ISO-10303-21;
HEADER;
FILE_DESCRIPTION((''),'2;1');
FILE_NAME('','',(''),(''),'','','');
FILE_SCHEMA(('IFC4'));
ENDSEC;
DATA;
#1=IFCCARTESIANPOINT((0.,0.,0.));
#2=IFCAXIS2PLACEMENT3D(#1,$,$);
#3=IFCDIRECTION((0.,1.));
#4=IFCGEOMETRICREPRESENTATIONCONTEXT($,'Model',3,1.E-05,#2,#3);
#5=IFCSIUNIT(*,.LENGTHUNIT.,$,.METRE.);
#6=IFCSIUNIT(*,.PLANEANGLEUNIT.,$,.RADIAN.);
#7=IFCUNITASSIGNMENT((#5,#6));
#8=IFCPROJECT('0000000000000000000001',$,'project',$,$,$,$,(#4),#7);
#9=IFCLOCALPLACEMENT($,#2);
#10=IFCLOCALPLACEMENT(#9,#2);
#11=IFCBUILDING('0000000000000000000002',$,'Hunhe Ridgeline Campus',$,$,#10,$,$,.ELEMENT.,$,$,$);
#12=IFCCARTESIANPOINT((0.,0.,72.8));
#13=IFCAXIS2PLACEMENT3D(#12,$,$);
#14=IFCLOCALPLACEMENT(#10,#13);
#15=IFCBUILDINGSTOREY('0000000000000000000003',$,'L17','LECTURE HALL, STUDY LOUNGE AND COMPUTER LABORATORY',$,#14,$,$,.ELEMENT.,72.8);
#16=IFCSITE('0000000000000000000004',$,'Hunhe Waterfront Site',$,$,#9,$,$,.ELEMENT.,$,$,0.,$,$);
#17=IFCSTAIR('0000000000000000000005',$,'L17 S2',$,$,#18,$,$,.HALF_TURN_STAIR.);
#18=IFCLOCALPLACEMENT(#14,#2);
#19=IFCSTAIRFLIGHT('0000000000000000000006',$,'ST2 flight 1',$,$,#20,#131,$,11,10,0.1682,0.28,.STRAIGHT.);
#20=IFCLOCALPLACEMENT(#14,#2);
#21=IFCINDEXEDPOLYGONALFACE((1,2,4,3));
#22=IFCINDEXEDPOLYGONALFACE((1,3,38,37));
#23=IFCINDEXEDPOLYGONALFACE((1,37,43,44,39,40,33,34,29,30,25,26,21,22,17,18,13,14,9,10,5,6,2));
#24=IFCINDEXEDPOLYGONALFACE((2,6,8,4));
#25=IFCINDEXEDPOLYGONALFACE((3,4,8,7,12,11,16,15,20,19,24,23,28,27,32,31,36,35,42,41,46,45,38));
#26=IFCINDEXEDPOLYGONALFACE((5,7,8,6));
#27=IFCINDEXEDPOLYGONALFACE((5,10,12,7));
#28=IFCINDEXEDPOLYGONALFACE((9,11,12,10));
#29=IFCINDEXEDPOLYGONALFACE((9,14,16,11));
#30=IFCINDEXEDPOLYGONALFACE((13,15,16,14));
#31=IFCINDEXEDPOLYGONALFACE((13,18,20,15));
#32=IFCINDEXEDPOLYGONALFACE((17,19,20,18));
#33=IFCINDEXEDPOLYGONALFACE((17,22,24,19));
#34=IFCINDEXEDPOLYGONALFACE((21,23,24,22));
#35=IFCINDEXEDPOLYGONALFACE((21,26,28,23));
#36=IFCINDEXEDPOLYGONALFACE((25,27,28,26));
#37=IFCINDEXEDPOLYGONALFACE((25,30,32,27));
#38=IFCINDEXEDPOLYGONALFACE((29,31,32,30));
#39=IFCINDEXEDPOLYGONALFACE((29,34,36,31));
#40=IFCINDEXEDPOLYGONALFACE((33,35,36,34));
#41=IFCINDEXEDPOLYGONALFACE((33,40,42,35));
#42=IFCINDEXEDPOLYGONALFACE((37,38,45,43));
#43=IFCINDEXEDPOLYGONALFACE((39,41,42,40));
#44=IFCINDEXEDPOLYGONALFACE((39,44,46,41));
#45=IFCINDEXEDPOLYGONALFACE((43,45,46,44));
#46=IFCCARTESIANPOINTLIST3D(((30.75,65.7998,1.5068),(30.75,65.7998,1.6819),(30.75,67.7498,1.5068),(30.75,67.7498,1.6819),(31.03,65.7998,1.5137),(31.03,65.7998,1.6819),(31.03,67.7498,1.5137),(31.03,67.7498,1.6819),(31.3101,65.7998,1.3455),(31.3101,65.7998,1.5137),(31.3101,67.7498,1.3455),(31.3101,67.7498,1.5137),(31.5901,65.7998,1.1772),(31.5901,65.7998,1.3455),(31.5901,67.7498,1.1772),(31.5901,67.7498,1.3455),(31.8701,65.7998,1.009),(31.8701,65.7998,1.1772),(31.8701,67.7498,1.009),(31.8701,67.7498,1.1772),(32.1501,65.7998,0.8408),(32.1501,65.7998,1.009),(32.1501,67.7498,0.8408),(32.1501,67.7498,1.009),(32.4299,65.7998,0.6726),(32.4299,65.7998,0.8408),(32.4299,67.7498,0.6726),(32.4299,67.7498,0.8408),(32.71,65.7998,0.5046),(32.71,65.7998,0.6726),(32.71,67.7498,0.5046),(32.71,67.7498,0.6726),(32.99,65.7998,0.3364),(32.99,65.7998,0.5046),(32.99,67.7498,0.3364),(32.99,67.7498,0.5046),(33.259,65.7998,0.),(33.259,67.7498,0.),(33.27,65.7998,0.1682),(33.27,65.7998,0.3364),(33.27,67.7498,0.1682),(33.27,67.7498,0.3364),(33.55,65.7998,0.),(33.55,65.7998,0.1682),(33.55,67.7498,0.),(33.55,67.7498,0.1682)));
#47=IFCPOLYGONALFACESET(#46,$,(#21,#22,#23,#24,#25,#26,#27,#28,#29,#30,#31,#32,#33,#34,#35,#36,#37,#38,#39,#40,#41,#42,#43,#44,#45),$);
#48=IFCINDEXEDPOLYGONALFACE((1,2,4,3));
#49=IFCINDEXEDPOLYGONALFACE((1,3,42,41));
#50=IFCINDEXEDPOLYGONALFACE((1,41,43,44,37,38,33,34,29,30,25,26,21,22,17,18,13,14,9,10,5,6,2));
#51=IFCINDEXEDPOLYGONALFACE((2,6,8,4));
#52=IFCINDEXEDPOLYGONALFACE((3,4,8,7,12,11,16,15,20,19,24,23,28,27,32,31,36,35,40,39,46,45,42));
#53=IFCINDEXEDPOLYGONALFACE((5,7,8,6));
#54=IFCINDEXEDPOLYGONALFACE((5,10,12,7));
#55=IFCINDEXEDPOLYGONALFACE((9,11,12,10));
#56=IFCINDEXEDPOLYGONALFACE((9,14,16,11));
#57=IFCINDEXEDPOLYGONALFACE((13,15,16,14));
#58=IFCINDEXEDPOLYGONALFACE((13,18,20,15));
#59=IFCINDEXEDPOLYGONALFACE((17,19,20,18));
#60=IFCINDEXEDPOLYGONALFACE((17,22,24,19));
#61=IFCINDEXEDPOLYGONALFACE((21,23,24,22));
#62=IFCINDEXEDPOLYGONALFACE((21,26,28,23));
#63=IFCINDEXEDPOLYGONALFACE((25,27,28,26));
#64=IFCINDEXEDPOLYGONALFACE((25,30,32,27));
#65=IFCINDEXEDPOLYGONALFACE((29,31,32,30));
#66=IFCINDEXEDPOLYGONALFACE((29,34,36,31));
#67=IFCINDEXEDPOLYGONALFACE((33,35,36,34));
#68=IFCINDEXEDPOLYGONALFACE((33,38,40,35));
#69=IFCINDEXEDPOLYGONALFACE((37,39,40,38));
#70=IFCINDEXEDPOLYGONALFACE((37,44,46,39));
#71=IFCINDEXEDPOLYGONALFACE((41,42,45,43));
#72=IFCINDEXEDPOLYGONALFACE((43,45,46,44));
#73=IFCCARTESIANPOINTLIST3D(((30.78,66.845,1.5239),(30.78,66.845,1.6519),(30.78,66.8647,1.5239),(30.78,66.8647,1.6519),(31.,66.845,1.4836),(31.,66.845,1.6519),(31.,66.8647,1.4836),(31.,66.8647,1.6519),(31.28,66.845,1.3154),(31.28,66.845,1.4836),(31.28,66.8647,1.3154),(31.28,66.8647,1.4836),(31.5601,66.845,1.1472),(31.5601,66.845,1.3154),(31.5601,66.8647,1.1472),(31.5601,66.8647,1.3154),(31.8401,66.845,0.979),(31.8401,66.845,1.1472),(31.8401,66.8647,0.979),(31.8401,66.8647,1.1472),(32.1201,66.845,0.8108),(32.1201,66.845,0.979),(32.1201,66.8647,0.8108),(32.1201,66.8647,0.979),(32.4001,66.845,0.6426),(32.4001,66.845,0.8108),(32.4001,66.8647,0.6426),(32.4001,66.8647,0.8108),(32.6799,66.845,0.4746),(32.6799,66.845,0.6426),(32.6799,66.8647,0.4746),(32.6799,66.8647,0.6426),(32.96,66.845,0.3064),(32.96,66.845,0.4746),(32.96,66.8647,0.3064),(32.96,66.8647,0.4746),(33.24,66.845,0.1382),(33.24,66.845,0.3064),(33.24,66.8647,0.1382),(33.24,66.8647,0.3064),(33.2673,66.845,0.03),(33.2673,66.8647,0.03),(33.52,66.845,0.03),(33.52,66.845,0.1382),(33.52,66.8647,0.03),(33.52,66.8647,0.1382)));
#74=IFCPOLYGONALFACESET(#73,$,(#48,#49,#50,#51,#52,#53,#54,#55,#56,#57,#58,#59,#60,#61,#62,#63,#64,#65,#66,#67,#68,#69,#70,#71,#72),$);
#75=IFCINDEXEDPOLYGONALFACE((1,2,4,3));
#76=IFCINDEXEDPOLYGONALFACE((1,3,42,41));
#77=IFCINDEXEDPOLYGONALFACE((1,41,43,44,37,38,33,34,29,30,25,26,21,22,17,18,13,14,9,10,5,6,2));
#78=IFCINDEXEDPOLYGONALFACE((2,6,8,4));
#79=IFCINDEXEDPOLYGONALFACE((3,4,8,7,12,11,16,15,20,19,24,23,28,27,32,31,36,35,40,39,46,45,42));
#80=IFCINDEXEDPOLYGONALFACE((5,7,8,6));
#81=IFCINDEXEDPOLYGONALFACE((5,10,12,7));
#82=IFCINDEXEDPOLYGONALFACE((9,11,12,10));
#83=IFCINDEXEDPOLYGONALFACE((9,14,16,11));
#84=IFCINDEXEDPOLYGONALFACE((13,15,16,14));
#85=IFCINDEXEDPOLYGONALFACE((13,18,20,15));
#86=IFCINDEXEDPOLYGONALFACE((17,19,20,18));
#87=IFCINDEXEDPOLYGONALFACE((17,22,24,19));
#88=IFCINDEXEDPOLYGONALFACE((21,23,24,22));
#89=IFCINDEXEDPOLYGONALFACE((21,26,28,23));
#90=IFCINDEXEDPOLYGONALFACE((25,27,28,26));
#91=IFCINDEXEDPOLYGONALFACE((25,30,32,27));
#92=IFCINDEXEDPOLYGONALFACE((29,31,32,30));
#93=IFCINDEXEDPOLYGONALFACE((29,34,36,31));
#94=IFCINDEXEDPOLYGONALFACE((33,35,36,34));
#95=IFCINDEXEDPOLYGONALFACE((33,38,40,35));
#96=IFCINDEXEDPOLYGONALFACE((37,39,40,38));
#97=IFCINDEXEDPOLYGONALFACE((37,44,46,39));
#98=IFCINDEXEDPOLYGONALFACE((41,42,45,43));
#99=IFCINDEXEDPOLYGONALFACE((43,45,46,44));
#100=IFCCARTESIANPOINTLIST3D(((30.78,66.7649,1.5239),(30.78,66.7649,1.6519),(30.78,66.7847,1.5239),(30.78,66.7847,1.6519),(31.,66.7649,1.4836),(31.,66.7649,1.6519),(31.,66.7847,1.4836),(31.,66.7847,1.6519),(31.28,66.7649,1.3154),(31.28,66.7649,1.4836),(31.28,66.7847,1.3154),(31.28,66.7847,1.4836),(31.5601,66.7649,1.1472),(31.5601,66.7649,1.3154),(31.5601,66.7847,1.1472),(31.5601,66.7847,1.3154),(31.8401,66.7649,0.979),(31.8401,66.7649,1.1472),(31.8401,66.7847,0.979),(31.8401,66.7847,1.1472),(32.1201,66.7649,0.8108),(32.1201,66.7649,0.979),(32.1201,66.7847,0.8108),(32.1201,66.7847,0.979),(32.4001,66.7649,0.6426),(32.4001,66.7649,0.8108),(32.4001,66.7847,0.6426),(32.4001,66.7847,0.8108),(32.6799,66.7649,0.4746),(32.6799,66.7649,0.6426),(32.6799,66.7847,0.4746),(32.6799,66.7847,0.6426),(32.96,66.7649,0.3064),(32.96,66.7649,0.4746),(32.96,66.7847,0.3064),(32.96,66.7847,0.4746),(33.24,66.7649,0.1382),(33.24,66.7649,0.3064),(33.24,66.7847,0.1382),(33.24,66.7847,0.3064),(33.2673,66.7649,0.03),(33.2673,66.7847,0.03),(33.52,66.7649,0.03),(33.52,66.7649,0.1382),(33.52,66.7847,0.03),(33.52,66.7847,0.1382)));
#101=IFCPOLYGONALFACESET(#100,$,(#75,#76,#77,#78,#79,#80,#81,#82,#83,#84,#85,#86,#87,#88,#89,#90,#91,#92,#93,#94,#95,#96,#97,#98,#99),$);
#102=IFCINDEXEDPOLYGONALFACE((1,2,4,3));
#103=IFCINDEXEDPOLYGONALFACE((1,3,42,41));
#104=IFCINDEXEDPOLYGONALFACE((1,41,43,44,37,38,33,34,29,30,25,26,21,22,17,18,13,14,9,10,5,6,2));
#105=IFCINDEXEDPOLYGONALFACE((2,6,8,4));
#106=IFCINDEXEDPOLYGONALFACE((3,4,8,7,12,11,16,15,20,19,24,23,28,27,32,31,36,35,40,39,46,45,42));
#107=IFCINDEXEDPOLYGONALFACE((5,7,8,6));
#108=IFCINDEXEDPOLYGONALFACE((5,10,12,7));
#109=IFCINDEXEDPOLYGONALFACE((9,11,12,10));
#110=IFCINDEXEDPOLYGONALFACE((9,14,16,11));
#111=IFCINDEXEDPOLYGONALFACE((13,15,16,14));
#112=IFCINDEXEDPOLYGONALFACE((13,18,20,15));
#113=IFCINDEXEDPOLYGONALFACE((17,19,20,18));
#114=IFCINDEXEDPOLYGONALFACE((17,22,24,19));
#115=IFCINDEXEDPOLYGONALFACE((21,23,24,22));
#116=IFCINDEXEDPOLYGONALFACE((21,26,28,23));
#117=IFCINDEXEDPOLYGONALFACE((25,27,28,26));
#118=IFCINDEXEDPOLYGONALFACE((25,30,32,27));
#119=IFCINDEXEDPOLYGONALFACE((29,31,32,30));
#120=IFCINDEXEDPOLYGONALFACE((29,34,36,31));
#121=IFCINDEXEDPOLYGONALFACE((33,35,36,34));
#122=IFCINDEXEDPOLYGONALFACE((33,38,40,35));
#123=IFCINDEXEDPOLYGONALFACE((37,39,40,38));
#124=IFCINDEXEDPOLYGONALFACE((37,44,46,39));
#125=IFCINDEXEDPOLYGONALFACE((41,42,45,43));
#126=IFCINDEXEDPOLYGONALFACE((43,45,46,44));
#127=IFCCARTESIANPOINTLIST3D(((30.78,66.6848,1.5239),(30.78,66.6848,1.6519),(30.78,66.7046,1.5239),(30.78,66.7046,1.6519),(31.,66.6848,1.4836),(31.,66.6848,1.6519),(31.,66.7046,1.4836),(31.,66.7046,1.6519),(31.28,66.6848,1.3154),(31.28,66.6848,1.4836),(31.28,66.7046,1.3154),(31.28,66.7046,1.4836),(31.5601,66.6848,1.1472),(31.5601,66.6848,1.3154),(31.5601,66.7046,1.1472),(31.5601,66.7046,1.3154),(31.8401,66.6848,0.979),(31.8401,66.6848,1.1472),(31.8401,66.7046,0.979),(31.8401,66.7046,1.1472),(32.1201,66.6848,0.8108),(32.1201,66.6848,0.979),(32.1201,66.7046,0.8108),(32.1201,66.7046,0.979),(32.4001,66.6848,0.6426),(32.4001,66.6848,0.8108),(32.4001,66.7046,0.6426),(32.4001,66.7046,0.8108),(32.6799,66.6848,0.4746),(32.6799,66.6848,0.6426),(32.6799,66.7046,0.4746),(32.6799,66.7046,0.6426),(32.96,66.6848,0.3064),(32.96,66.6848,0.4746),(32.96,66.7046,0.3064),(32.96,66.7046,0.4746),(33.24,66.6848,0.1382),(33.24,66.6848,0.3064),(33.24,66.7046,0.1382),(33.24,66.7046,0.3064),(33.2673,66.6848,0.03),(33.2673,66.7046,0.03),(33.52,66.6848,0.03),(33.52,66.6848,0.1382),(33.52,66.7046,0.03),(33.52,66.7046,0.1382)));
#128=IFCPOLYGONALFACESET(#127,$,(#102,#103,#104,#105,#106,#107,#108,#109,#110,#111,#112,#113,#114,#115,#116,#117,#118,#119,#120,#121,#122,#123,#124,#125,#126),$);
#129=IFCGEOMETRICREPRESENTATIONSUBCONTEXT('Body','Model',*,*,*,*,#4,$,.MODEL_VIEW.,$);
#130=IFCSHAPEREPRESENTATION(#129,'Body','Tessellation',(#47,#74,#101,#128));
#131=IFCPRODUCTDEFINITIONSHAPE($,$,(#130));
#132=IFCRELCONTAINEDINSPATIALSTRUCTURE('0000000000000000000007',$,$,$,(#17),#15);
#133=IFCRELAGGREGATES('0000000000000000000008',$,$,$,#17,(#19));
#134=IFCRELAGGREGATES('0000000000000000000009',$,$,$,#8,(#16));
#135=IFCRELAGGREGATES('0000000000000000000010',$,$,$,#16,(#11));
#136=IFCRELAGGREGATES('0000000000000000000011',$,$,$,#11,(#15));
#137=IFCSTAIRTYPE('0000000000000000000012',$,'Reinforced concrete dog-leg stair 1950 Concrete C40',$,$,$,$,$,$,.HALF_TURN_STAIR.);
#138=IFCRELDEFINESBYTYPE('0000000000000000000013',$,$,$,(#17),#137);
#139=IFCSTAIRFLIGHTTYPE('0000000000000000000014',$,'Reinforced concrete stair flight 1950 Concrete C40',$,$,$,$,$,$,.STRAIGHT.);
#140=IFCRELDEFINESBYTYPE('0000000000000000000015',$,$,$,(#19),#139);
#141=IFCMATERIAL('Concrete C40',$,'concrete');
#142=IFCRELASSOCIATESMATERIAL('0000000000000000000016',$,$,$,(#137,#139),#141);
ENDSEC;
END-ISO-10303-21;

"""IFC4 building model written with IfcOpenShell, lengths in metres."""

from ifc_helpers import new_model, si_unit, direction, frame, origin, place, context, subcontext, project, spatial, polyline, outline, extrude, material, type_object, element, aggregate, save


model = new_model("IFC4")

# Units and contexts
model_context = context("Model", 3, precision=1e-05, world=origin(), true_north=direction((0.0, 1.0)))
body_context = subcontext(model_context, "Body", "Model", "MODEL_VIEW")
ifc_project = project(units=[si_unit("LENGTHUNIT", "METRE"), si_unit("PLANEANGLEUNIT", "RADIAN")], contexts=[model_context])

# Site, building, storey
site_placement = place(None, origin())
site = spatial("IfcSite", under=ifc_project, at=site_placement, Name="Hunhe Waterfront Site", CompositionType="ELEMENT", RefElevation=0.0)
building_placement = place(site_placement, origin())
building = spatial("IfcBuilding", under=site, at=building_placement, Name="Hunhe Ridgeline Campus", CompositionType="ELEMENT")
storey_placement = place(building_placement, frame((0.0, 0.0, 72.8)))
storey = spatial("IfcBuildingStorey", under=building, at=storey_placement, Name="L17", Description="LECTURE HALL, STUDY LOUNGE AND COMPUTER LABORATORY", CompositionType="ELEMENT", Elevation=72.8)

# Stair, stair flight
ifc_material_1 = material(Name="Concrete C40", Category="concrete")
stair_type = type_object("IfcStairType", Name="Reinforced concrete dog-leg stair 1950 Concrete C40", PredefinedType="HALF_TURN_STAIR", material=ifc_material_1)
stair_placement = place(storey_placement, origin())
stair = element("IfcStair", 1, at=stair_placement, inside=storey, type_object=stair_type, Name="L17 S2", PredefinedType="HALF_TURN_STAIR")
stair_flight_type = type_object("IfcStairFlightType", Name="Reinforced concrete stair flight 1950 Concrete C40", PredefinedType="STRAIGHT", material=ifc_material_1)
stair_flight_1_placement = place(storey_placement, frame((33.55, 66.7749, 0.0), z_axis=(0.0, 0.0, 1.0), x_axis=(-1.0, 0.0, 0.0)))
stair_flight_1 = element("IfcStairFlight", 2, at=stair_flight_1_placement, type_object=stair_flight_type, Name="ST2 flight 1", NumberOfRisers=11, NumberOfTreads=10, PredefinedType="STRAIGHT", RiserHeight=0.1682, TreadLength=0.28, context=body_context, shape_type="SweptSolid", body=[
    extrude(outline(polyline([(0.0, 0.0), (0.0, 0.1682), (0.28, 0.1682), (0.28, 0.3364), (0.5601, 0.3364), (0.5601, 0.5046), (0.8401, 0.5046), (0.8401, 0.6726), (1.1201, 0.6726), (1.1201, 0.8408), (1.3999, 0.8408), (1.3999, 1.009), (1.6799, 1.009), (1.6799, 1.1772), (1.96, 1.1772), (1.96, 1.3455), (2.24, 1.3455), (2.24, 1.5137), (2.52, 1.5137), (2.52, 1.6819), (2.8, 1.6819), (2.8, 1.8501), (2.8, 1.5068), (0.291, 0.0), (0.0, 0.0)])), frame((0.0, 0.9751, 0.0), z_axis=(0.0, -1.0, 0.0), x_axis=(1.0, 0.0, 0.0)), (0.0, 0.0, 1.0), 1.95),
    extrude(outline(polyline([(0.03, 0.03), (0.03, 0.1382), (0.3101, 0.1382), (0.3101, 0.3064), (0.5901, 0.3064), (0.5901, 0.4746), (0.8701, 0.4746), (0.8701, 0.6426), (1.1499, 0.6426), (1.1499, 0.8108), (1.4299, 0.8108), (1.4299, 0.979), (1.71, 0.979), (1.71, 1.1472), (1.99, 1.1472), (1.99, 1.3154), (2.27, 1.3154), (2.27, 1.4836), (2.55, 1.4836), (2.55, 1.6519), (2.77, 1.6519), (2.77, 1.5239), (0.2827, 0.03), (0.03, 0.03)])), frame((0.0, -0.0701, 0.0), z_axis=(0.0, -1.0, 0.0), x_axis=(1.0, 0.0, 0.0)), (0.0, 0.0, 1.0), 0.0198),
    extrude(outline(polyline([(0.03, 0.03), (0.03, 0.1382), (0.3101, 0.1382), (0.3101, 0.3064), (0.5901, 0.3064), (0.5901, 0.4746), (0.8701, 0.4746), (0.8701, 0.6426), (1.1499, 0.6426), (1.1499, 0.8108), (1.4299, 0.8108), (1.4299, 0.979), (1.71, 0.979), (1.71, 1.1472), (1.99, 1.1472), (1.99, 1.3154), (2.27, 1.3154), (2.27, 1.4836), (2.55, 1.4836), (2.55, 1.6519), (2.77, 1.6519), (2.77, 1.5239), (0.2827, 0.03), (0.03, 0.03)])), frame((0.0, 0.01, 0.0), z_axis=(0.0, -1.0, 0.0), x_axis=(1.0, 0.0, 0.0)), (0.0, 0.0, 1.0), 0.0198),
    extrude(outline(polyline([(0.03, 0.03), (0.03, 0.1382), (0.3101, 0.1382), (0.3101, 0.3064), (0.5901, 0.3064), (0.5901, 0.4746), (0.8701, 0.4746), (0.8701, 0.6426), (1.1499, 0.6426), (1.1499, 0.8108), (1.4299, 0.8108), (1.4299, 0.979), (1.71, 0.979), (1.71, 1.1472), (1.99, 1.1472), (1.99, 1.3154), (2.27, 1.3154), (2.27, 1.4836), (2.55, 1.4836), (2.55, 1.6519), (2.77, 1.6519), (2.77, 1.5239), (0.2827, 0.03), (0.03, 0.03)])), frame((0.0, 0.0901, 0.0), z_axis=(0.0, -1.0, 0.0), x_axis=(1.0, 0.0, 0.0)), (0.0, 0.0, 1.0), 0.0198),
])
aggregate(stair, [stair_flight_1])

save(model, "model.ifc")
